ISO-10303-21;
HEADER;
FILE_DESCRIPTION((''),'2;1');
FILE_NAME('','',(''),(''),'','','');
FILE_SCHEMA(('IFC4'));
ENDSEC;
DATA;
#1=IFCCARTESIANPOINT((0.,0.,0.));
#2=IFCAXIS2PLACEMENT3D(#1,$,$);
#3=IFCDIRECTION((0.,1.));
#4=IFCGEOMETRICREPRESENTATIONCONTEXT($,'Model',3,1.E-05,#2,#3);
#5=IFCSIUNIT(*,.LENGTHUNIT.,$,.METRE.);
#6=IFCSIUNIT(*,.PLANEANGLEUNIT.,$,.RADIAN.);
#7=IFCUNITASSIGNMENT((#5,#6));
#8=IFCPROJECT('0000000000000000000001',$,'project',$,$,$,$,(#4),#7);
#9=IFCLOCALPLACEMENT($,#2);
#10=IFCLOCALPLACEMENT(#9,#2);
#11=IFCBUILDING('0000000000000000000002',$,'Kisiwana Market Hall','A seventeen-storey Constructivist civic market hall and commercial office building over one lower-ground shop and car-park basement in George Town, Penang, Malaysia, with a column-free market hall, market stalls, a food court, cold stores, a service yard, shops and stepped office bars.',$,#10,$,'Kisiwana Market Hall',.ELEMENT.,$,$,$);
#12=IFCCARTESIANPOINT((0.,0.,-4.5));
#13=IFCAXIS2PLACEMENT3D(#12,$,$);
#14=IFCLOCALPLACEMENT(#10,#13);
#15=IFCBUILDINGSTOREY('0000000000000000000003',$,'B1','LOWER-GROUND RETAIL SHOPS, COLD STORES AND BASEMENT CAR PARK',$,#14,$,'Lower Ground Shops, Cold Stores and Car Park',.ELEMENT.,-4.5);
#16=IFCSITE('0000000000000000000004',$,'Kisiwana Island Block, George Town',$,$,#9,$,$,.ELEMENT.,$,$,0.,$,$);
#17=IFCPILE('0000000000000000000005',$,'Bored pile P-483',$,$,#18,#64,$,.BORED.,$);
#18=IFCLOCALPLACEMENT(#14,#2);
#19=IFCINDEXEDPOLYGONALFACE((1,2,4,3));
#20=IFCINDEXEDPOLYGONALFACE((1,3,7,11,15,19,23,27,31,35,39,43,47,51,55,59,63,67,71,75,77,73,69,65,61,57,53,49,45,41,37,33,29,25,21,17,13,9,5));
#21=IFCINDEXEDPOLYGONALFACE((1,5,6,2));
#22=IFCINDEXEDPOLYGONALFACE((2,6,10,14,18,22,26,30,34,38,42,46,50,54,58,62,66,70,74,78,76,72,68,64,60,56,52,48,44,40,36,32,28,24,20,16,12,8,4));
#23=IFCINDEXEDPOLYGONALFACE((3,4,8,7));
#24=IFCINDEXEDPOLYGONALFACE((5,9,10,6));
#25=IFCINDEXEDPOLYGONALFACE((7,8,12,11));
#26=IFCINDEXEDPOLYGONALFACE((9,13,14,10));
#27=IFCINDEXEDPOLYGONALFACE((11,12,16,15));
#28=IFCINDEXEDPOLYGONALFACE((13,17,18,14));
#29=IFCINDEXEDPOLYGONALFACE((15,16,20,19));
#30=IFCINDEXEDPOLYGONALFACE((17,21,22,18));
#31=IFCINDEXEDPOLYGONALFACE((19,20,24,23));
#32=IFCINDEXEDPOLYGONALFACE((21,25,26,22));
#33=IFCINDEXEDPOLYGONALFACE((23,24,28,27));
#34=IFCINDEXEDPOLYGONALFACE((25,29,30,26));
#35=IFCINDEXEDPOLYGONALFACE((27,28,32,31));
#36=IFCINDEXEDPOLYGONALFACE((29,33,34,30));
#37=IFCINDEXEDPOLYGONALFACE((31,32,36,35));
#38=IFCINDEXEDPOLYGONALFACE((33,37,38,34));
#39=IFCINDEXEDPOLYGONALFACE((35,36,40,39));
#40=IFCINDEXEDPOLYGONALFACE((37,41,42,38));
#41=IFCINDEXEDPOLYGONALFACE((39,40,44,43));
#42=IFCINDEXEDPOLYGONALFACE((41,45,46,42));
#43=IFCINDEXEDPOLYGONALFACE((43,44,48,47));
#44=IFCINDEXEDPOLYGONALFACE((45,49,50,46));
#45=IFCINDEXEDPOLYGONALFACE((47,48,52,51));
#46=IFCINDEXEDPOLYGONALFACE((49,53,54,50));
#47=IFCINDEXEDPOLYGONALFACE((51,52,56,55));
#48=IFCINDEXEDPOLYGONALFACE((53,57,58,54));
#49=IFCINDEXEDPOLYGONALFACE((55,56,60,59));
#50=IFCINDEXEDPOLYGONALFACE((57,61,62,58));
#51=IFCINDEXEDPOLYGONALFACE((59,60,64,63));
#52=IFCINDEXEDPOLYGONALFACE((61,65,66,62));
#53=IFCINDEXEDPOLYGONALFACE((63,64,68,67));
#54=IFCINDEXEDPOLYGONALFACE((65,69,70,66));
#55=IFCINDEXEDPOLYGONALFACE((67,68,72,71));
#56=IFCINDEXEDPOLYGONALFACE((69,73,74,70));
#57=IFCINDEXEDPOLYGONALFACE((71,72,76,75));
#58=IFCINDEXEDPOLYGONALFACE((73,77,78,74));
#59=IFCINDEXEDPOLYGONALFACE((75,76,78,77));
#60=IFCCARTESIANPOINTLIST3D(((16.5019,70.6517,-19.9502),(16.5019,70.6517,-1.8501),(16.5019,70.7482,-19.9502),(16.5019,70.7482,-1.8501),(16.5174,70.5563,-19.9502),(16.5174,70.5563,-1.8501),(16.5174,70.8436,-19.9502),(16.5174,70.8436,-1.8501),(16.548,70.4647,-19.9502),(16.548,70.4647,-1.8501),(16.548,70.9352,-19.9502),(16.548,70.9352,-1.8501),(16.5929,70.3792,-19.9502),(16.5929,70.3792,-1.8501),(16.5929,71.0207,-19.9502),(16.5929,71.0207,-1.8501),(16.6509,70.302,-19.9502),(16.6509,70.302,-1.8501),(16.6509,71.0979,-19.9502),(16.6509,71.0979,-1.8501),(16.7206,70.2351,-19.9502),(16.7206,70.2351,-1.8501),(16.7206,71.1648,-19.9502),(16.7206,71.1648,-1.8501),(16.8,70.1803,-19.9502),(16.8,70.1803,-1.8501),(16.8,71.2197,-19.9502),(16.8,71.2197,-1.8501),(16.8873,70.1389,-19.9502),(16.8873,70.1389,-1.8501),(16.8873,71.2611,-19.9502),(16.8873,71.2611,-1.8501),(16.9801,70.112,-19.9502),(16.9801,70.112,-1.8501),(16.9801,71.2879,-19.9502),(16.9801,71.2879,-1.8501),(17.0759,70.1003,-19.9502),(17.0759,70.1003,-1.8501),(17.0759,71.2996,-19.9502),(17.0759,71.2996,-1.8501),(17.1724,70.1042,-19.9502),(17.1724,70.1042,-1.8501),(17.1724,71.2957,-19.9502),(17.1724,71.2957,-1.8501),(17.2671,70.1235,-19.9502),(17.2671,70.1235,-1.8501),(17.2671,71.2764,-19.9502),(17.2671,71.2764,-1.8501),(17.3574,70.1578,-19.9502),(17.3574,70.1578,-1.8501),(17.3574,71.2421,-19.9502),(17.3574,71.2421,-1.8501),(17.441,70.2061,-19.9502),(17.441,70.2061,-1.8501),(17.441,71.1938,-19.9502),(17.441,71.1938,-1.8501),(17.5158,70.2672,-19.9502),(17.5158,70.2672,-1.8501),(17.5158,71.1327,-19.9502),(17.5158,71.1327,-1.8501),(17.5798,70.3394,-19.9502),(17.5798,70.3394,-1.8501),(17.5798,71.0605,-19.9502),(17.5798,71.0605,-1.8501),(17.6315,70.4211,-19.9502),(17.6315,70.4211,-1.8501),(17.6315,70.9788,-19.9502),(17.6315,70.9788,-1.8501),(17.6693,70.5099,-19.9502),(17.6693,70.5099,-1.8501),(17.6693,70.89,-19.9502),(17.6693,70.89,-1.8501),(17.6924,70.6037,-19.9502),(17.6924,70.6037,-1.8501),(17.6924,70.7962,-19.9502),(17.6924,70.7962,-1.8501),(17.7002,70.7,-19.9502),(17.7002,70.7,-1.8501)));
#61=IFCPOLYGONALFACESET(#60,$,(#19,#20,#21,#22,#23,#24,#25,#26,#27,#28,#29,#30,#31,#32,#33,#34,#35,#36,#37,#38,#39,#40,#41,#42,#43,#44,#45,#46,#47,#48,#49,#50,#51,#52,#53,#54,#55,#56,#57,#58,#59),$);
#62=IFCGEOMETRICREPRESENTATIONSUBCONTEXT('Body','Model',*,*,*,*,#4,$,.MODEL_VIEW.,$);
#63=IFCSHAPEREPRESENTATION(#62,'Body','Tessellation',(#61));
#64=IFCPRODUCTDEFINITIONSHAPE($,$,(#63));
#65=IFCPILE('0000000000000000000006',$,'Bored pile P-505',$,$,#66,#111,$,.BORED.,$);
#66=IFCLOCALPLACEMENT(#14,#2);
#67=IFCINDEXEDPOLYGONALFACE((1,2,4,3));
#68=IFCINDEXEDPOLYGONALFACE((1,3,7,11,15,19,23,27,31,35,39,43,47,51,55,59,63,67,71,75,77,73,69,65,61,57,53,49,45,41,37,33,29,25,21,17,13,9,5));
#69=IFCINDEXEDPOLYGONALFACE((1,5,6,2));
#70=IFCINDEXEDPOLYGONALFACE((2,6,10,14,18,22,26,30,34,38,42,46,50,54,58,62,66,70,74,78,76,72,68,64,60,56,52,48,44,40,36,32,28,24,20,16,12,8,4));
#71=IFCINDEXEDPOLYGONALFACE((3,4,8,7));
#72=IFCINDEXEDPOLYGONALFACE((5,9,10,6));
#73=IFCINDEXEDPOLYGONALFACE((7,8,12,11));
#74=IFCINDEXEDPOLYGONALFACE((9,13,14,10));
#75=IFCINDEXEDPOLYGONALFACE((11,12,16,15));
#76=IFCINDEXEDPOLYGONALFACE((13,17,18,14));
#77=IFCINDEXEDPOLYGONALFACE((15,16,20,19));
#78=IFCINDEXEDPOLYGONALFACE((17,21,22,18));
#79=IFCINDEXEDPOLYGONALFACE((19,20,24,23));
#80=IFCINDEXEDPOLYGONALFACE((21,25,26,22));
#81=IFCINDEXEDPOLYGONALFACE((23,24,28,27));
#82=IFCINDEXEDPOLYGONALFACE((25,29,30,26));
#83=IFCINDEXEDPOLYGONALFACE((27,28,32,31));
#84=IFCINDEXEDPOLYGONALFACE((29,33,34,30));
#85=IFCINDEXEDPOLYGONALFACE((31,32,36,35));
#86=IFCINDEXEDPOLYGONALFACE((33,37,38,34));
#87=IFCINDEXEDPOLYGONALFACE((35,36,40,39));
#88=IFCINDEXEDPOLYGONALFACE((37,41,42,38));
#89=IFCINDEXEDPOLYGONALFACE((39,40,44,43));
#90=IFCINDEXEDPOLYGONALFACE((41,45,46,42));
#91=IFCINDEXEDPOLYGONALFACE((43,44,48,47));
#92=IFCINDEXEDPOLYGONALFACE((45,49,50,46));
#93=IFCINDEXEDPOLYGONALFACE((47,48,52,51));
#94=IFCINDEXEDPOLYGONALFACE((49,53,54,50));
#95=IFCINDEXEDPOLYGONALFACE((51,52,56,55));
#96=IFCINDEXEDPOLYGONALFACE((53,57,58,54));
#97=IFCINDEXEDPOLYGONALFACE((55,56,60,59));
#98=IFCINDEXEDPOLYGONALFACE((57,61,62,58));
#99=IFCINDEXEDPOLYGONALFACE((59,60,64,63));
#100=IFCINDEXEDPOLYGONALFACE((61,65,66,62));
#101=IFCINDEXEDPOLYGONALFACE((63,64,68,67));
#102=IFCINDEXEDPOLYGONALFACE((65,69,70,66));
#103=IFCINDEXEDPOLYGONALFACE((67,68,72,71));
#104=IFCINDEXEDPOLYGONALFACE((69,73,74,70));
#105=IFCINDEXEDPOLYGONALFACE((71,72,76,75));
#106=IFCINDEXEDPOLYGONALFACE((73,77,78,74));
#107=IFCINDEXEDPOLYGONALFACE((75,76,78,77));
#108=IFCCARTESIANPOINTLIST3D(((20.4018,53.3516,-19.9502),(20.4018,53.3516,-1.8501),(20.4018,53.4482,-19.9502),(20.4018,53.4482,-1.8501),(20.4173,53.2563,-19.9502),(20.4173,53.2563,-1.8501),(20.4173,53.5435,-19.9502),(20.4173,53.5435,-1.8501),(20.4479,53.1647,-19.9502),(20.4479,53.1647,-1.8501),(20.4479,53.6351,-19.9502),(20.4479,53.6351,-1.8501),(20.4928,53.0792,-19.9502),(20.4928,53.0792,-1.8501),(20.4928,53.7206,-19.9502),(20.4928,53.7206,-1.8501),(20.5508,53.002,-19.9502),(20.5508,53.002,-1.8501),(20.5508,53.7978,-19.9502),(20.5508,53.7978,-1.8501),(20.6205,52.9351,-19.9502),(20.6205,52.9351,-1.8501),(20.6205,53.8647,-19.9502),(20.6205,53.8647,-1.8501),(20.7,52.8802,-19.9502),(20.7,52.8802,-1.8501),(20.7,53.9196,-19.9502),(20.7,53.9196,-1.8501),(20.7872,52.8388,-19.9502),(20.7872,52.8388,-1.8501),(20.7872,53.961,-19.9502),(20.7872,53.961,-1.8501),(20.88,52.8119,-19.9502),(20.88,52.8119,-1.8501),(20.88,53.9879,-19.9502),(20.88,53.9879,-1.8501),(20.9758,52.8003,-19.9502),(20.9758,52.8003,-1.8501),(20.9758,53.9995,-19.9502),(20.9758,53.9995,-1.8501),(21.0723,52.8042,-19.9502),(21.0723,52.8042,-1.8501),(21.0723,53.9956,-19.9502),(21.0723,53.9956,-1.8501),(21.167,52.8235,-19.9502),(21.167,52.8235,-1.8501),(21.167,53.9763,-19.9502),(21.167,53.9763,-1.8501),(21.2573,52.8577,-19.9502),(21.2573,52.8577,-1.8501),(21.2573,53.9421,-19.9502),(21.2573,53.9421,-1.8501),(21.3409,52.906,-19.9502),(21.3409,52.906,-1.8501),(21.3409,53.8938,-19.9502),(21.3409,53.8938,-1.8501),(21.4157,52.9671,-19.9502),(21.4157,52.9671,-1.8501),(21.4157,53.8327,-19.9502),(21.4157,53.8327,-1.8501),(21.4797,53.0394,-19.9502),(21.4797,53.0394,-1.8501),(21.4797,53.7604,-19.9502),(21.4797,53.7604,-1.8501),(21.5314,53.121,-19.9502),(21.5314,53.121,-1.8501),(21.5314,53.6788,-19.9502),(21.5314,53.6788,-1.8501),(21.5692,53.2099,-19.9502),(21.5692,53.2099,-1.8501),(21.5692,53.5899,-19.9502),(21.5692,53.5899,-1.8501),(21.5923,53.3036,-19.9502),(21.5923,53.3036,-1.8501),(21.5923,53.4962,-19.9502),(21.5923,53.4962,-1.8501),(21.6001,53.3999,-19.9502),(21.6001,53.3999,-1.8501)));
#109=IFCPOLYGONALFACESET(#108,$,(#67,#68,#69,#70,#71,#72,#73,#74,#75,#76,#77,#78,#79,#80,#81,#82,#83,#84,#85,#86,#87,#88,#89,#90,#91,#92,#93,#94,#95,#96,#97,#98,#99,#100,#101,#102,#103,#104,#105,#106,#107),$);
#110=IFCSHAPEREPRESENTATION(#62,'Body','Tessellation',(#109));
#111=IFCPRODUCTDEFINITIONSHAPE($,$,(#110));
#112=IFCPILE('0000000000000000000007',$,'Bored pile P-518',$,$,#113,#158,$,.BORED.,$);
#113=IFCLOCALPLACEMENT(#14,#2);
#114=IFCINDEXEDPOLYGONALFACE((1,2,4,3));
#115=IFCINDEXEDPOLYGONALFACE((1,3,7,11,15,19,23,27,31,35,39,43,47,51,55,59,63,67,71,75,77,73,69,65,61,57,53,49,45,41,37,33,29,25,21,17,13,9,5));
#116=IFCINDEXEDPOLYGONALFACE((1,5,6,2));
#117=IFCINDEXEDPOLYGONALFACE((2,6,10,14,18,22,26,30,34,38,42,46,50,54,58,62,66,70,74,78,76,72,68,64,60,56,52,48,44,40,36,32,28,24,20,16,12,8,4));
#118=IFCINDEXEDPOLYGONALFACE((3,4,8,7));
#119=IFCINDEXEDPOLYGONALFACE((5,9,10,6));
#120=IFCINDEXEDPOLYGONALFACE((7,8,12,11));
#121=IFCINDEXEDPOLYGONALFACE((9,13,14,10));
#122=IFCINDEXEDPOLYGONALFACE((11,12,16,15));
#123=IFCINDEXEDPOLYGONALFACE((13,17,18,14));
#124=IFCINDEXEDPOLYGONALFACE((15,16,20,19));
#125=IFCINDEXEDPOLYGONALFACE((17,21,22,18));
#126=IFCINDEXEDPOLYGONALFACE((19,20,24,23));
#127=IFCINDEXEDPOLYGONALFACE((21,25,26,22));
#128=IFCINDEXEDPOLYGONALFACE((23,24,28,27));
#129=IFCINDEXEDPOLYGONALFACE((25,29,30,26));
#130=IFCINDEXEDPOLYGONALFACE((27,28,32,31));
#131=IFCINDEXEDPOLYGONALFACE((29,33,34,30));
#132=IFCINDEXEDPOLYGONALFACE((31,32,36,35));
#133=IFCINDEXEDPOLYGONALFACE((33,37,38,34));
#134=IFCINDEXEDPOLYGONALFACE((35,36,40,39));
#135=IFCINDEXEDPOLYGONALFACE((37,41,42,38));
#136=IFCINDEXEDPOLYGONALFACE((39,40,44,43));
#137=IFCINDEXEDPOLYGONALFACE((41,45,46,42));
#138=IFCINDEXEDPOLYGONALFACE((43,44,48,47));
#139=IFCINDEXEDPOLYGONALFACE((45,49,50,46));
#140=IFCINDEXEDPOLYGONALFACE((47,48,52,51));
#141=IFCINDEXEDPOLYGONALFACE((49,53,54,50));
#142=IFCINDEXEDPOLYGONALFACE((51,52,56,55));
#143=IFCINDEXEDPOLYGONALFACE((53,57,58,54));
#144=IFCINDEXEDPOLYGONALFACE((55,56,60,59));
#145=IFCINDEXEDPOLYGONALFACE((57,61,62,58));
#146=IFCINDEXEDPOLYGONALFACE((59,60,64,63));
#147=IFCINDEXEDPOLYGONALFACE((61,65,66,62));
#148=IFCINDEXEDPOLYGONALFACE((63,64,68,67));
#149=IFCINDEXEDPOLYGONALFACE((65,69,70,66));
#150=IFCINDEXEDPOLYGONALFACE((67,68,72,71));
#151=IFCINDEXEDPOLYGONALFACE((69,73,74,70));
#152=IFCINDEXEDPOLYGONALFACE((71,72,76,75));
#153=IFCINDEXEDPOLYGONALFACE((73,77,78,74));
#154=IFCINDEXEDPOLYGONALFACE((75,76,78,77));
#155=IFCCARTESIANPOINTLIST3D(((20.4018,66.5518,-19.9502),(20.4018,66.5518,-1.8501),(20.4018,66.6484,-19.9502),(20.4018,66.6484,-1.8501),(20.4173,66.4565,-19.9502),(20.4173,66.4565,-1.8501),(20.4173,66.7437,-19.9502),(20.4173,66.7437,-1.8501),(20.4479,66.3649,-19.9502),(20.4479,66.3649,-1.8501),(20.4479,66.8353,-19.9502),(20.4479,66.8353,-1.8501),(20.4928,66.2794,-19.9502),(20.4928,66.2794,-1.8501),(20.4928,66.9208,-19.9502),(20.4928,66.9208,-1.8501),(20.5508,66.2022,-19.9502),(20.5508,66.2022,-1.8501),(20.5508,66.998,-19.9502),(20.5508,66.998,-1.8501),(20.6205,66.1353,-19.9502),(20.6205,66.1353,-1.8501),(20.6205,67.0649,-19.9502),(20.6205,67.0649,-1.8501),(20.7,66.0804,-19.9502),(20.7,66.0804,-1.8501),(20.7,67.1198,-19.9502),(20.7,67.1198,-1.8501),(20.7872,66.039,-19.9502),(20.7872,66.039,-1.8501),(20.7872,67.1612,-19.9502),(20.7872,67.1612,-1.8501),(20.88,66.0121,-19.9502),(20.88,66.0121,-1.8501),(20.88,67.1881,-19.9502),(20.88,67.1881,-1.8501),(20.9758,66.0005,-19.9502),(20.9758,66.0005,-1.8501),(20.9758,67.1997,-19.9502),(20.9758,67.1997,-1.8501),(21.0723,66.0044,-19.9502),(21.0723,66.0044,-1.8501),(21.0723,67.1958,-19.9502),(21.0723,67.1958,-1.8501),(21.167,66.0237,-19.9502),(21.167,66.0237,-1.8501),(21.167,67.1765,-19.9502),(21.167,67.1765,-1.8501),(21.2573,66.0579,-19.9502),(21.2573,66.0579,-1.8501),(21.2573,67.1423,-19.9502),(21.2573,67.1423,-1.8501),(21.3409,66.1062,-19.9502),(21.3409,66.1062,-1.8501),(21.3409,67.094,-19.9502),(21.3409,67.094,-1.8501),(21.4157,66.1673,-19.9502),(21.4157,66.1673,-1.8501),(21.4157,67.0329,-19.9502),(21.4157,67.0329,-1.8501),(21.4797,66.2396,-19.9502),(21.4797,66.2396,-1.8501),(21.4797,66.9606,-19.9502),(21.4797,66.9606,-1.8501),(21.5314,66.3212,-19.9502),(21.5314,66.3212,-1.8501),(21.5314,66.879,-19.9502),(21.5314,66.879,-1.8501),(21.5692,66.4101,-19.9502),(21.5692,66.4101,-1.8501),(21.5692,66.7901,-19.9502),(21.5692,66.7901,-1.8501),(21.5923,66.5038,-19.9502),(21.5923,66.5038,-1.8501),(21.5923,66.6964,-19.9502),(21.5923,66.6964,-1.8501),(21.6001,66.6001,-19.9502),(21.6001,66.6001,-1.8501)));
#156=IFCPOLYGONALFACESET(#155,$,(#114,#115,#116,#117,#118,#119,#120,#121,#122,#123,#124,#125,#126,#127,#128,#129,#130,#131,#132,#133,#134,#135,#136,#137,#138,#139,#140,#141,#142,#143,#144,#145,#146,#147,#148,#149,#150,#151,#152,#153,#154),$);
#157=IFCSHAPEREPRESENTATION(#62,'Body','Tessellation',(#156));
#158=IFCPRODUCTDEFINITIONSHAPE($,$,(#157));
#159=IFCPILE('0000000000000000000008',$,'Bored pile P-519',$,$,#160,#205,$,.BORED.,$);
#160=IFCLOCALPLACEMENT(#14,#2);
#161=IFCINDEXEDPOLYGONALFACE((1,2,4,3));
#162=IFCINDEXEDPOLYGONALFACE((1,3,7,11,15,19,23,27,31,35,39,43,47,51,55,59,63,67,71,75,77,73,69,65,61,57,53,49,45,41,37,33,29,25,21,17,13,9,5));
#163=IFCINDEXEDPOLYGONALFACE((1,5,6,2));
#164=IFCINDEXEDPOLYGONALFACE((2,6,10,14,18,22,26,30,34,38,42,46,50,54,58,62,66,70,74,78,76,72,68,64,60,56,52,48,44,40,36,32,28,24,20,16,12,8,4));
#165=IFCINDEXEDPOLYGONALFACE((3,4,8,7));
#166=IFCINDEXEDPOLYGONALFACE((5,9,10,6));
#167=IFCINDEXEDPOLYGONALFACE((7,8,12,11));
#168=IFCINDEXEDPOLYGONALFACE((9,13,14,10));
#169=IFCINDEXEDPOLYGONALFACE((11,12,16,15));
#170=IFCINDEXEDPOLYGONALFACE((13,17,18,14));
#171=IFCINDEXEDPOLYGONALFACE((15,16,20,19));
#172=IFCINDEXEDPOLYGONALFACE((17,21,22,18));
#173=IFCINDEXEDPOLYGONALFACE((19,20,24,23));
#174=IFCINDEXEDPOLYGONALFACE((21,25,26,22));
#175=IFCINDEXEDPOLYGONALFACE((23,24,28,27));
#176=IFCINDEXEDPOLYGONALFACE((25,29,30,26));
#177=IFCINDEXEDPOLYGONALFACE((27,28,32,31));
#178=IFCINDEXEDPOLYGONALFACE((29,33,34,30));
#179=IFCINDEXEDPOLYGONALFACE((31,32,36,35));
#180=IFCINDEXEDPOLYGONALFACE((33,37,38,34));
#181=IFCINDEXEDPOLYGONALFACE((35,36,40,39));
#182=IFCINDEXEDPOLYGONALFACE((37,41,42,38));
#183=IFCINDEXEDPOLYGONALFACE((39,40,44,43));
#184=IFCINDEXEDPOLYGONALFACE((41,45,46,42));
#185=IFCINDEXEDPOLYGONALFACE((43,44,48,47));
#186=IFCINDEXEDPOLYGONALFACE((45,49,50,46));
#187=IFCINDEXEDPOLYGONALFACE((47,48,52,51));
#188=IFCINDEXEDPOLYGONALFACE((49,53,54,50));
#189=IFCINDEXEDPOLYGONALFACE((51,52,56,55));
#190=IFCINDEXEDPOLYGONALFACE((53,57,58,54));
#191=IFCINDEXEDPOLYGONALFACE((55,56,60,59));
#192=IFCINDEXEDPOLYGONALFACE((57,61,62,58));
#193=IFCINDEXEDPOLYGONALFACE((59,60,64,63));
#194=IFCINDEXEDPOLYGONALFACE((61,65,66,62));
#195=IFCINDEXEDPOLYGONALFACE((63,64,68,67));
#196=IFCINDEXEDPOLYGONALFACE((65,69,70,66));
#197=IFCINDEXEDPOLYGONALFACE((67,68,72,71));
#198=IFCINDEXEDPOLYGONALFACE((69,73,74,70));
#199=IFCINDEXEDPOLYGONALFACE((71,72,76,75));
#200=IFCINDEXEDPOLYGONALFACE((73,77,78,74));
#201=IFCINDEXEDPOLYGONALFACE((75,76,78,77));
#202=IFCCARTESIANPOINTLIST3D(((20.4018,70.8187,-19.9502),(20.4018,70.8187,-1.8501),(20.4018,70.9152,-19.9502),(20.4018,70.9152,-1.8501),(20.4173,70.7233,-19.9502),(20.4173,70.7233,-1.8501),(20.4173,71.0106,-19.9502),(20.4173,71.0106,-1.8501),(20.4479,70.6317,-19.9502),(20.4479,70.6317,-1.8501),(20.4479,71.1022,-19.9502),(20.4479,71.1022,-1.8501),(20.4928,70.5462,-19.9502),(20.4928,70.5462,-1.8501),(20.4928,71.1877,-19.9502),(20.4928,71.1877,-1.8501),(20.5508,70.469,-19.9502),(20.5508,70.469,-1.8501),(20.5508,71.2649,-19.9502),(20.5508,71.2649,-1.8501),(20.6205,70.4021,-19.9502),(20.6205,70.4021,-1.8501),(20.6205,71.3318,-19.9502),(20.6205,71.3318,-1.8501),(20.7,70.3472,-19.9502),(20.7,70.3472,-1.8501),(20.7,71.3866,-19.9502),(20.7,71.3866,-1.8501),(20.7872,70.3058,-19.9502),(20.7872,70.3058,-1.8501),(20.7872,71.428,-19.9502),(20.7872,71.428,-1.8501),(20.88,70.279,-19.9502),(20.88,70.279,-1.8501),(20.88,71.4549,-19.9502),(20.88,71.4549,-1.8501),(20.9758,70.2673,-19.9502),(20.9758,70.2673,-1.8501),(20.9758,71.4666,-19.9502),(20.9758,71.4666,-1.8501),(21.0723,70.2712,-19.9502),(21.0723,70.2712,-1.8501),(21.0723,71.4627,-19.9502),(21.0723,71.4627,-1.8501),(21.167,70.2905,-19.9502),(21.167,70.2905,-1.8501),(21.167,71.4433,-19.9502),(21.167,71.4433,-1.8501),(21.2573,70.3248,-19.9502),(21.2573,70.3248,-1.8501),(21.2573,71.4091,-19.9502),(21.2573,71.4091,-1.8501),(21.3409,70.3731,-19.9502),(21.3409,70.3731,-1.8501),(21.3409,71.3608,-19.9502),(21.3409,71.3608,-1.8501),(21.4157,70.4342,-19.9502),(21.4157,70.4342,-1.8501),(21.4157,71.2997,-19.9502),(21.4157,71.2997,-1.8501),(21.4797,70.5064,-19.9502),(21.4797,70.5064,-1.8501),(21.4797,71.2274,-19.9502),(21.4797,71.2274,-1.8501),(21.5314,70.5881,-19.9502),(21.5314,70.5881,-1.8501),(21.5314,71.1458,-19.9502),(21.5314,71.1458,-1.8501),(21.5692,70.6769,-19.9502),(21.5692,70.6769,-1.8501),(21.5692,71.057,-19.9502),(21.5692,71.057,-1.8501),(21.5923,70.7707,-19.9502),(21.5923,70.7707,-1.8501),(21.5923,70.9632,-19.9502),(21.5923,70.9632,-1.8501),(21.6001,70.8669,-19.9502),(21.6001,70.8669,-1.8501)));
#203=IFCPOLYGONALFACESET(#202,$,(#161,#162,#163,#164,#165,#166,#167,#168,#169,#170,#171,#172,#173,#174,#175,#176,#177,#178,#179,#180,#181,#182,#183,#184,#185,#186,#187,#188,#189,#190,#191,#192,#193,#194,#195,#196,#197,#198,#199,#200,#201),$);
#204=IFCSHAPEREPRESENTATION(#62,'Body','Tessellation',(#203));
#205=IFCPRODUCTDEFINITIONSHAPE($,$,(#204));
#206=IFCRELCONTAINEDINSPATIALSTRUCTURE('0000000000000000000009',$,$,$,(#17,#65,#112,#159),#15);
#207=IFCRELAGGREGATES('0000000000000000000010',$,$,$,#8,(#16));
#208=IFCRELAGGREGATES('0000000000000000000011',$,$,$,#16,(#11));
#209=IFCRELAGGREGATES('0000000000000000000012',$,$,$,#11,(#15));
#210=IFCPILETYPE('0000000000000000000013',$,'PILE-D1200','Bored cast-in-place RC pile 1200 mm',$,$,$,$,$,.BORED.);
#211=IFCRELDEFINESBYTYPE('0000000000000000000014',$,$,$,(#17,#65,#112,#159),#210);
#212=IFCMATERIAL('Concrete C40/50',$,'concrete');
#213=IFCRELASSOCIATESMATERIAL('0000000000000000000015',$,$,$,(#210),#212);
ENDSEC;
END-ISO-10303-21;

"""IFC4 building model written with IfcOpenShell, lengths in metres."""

from ifc_helpers import new_model, si_unit, direction, frame, origin, origin_2d, place, context, subcontext, project, spatial, circle, extrude, material, material_profile, profile_set, type_object, element, save


model = new_model("IFC4")

# Units and contexts
model_context = context("Model", 3, precision=1e-05, world=origin(), true_north=direction((0.0, 1.0)))
body_context = subcontext(model_context, "Body", "Model", "MODEL_VIEW")
ifc_project = project(units=[si_unit("LENGTHUNIT", "METRE"), si_unit("PLANEANGLEUNIT", "RADIAN")], contexts=[model_context])

# Site, building, storey
site_placement = place(None, origin())
site = spatial("IfcSite", under=ifc_project, at=site_placement, Name="Kisiwana Island Block, George Town", CompositionType="ELEMENT", RefElevation=0.0)
building_placement = place(site_placement, origin())
building = spatial("IfcBuilding", under=site, at=building_placement, Name="Kisiwana Market Hall", Description="A seventeen-storey Constructivist civic market hall and commercial office building over one lower-ground shop and car-park basement in George Town, Penang, Malaysia, with a column-free market hall, market stalls, a food court, cold stores, a service yard, shops and stepped office bars.", LongName="Kisiwana Market Hall", CompositionType="ELEMENT")
storey_placement = place(building_placement, frame((0.0, 0.0, -4.5)))
storey = spatial("IfcBuildingStorey", under=building, at=storey_placement, Name="B1", Description="LOWER-GROUND RETAIL SHOPS, COLD STORES AND BASEMENT CAR PARK", LongName="Lower Ground Shops, Cold Stores and Car Park", CompositionType="ELEMENT", Elevation=-4.5)

# Piles
ifc_material_1 = material(Name="Concrete C40/50", Category="concrete")
ifc_material_profile_1 = material_profile(ifc_material_1, circle(Radius=0.6001, at=origin_2d()), Name="BP D1200")
ifc_profile_set_1 = profile_set([ifc_material_profile_1], Name="Concrete C40/50")
pile_type_1 = type_object("IfcPileType", Name="PILE-D1200", Description="Bored cast-in-place RC pile 1200 mm", PredefinedType="BORED", material=ifc_profile_set_1)
for number, where, z_axis, x_axis, name in (
    (1, (17.1001, 70.7, -1.8501), (0.0, 0.0, -1.0), (1.0, 0.0, 0.0), "Bored pile P-483"),
    (2, (21.0, 53.3999, -1.8501), (0.0, 0.0, -1.0), (1.0, 0.0, 0.0), "Bored pile P-505"),
    (3, (21.0, 66.6001, -1.8501), (0.0, 0.0, -1.0), (1.0, 0.0, 0.0), "Bored pile P-518"),
    (4, (21.0, 70.8669, -1.8501), (0.0, 0.0, -1.0), (1.0, 0.0, 0.0), "Bored pile P-519"),
):
    element("IfcPile", number, at=place(storey_placement, frame(where, z_axis=z_axis, x_axis=x_axis)), inside=storey, type_object=pile_type_1, Name=name, PredefinedType="BORED", context=body_context, shape_type="SweptSolid", body=[
        extrude(circle(Radius=0.6001, at=origin_2d()), origin(), (0.0, 0.0, 1.0), 18.1001),
    ])

save(model, "model.ifc")
